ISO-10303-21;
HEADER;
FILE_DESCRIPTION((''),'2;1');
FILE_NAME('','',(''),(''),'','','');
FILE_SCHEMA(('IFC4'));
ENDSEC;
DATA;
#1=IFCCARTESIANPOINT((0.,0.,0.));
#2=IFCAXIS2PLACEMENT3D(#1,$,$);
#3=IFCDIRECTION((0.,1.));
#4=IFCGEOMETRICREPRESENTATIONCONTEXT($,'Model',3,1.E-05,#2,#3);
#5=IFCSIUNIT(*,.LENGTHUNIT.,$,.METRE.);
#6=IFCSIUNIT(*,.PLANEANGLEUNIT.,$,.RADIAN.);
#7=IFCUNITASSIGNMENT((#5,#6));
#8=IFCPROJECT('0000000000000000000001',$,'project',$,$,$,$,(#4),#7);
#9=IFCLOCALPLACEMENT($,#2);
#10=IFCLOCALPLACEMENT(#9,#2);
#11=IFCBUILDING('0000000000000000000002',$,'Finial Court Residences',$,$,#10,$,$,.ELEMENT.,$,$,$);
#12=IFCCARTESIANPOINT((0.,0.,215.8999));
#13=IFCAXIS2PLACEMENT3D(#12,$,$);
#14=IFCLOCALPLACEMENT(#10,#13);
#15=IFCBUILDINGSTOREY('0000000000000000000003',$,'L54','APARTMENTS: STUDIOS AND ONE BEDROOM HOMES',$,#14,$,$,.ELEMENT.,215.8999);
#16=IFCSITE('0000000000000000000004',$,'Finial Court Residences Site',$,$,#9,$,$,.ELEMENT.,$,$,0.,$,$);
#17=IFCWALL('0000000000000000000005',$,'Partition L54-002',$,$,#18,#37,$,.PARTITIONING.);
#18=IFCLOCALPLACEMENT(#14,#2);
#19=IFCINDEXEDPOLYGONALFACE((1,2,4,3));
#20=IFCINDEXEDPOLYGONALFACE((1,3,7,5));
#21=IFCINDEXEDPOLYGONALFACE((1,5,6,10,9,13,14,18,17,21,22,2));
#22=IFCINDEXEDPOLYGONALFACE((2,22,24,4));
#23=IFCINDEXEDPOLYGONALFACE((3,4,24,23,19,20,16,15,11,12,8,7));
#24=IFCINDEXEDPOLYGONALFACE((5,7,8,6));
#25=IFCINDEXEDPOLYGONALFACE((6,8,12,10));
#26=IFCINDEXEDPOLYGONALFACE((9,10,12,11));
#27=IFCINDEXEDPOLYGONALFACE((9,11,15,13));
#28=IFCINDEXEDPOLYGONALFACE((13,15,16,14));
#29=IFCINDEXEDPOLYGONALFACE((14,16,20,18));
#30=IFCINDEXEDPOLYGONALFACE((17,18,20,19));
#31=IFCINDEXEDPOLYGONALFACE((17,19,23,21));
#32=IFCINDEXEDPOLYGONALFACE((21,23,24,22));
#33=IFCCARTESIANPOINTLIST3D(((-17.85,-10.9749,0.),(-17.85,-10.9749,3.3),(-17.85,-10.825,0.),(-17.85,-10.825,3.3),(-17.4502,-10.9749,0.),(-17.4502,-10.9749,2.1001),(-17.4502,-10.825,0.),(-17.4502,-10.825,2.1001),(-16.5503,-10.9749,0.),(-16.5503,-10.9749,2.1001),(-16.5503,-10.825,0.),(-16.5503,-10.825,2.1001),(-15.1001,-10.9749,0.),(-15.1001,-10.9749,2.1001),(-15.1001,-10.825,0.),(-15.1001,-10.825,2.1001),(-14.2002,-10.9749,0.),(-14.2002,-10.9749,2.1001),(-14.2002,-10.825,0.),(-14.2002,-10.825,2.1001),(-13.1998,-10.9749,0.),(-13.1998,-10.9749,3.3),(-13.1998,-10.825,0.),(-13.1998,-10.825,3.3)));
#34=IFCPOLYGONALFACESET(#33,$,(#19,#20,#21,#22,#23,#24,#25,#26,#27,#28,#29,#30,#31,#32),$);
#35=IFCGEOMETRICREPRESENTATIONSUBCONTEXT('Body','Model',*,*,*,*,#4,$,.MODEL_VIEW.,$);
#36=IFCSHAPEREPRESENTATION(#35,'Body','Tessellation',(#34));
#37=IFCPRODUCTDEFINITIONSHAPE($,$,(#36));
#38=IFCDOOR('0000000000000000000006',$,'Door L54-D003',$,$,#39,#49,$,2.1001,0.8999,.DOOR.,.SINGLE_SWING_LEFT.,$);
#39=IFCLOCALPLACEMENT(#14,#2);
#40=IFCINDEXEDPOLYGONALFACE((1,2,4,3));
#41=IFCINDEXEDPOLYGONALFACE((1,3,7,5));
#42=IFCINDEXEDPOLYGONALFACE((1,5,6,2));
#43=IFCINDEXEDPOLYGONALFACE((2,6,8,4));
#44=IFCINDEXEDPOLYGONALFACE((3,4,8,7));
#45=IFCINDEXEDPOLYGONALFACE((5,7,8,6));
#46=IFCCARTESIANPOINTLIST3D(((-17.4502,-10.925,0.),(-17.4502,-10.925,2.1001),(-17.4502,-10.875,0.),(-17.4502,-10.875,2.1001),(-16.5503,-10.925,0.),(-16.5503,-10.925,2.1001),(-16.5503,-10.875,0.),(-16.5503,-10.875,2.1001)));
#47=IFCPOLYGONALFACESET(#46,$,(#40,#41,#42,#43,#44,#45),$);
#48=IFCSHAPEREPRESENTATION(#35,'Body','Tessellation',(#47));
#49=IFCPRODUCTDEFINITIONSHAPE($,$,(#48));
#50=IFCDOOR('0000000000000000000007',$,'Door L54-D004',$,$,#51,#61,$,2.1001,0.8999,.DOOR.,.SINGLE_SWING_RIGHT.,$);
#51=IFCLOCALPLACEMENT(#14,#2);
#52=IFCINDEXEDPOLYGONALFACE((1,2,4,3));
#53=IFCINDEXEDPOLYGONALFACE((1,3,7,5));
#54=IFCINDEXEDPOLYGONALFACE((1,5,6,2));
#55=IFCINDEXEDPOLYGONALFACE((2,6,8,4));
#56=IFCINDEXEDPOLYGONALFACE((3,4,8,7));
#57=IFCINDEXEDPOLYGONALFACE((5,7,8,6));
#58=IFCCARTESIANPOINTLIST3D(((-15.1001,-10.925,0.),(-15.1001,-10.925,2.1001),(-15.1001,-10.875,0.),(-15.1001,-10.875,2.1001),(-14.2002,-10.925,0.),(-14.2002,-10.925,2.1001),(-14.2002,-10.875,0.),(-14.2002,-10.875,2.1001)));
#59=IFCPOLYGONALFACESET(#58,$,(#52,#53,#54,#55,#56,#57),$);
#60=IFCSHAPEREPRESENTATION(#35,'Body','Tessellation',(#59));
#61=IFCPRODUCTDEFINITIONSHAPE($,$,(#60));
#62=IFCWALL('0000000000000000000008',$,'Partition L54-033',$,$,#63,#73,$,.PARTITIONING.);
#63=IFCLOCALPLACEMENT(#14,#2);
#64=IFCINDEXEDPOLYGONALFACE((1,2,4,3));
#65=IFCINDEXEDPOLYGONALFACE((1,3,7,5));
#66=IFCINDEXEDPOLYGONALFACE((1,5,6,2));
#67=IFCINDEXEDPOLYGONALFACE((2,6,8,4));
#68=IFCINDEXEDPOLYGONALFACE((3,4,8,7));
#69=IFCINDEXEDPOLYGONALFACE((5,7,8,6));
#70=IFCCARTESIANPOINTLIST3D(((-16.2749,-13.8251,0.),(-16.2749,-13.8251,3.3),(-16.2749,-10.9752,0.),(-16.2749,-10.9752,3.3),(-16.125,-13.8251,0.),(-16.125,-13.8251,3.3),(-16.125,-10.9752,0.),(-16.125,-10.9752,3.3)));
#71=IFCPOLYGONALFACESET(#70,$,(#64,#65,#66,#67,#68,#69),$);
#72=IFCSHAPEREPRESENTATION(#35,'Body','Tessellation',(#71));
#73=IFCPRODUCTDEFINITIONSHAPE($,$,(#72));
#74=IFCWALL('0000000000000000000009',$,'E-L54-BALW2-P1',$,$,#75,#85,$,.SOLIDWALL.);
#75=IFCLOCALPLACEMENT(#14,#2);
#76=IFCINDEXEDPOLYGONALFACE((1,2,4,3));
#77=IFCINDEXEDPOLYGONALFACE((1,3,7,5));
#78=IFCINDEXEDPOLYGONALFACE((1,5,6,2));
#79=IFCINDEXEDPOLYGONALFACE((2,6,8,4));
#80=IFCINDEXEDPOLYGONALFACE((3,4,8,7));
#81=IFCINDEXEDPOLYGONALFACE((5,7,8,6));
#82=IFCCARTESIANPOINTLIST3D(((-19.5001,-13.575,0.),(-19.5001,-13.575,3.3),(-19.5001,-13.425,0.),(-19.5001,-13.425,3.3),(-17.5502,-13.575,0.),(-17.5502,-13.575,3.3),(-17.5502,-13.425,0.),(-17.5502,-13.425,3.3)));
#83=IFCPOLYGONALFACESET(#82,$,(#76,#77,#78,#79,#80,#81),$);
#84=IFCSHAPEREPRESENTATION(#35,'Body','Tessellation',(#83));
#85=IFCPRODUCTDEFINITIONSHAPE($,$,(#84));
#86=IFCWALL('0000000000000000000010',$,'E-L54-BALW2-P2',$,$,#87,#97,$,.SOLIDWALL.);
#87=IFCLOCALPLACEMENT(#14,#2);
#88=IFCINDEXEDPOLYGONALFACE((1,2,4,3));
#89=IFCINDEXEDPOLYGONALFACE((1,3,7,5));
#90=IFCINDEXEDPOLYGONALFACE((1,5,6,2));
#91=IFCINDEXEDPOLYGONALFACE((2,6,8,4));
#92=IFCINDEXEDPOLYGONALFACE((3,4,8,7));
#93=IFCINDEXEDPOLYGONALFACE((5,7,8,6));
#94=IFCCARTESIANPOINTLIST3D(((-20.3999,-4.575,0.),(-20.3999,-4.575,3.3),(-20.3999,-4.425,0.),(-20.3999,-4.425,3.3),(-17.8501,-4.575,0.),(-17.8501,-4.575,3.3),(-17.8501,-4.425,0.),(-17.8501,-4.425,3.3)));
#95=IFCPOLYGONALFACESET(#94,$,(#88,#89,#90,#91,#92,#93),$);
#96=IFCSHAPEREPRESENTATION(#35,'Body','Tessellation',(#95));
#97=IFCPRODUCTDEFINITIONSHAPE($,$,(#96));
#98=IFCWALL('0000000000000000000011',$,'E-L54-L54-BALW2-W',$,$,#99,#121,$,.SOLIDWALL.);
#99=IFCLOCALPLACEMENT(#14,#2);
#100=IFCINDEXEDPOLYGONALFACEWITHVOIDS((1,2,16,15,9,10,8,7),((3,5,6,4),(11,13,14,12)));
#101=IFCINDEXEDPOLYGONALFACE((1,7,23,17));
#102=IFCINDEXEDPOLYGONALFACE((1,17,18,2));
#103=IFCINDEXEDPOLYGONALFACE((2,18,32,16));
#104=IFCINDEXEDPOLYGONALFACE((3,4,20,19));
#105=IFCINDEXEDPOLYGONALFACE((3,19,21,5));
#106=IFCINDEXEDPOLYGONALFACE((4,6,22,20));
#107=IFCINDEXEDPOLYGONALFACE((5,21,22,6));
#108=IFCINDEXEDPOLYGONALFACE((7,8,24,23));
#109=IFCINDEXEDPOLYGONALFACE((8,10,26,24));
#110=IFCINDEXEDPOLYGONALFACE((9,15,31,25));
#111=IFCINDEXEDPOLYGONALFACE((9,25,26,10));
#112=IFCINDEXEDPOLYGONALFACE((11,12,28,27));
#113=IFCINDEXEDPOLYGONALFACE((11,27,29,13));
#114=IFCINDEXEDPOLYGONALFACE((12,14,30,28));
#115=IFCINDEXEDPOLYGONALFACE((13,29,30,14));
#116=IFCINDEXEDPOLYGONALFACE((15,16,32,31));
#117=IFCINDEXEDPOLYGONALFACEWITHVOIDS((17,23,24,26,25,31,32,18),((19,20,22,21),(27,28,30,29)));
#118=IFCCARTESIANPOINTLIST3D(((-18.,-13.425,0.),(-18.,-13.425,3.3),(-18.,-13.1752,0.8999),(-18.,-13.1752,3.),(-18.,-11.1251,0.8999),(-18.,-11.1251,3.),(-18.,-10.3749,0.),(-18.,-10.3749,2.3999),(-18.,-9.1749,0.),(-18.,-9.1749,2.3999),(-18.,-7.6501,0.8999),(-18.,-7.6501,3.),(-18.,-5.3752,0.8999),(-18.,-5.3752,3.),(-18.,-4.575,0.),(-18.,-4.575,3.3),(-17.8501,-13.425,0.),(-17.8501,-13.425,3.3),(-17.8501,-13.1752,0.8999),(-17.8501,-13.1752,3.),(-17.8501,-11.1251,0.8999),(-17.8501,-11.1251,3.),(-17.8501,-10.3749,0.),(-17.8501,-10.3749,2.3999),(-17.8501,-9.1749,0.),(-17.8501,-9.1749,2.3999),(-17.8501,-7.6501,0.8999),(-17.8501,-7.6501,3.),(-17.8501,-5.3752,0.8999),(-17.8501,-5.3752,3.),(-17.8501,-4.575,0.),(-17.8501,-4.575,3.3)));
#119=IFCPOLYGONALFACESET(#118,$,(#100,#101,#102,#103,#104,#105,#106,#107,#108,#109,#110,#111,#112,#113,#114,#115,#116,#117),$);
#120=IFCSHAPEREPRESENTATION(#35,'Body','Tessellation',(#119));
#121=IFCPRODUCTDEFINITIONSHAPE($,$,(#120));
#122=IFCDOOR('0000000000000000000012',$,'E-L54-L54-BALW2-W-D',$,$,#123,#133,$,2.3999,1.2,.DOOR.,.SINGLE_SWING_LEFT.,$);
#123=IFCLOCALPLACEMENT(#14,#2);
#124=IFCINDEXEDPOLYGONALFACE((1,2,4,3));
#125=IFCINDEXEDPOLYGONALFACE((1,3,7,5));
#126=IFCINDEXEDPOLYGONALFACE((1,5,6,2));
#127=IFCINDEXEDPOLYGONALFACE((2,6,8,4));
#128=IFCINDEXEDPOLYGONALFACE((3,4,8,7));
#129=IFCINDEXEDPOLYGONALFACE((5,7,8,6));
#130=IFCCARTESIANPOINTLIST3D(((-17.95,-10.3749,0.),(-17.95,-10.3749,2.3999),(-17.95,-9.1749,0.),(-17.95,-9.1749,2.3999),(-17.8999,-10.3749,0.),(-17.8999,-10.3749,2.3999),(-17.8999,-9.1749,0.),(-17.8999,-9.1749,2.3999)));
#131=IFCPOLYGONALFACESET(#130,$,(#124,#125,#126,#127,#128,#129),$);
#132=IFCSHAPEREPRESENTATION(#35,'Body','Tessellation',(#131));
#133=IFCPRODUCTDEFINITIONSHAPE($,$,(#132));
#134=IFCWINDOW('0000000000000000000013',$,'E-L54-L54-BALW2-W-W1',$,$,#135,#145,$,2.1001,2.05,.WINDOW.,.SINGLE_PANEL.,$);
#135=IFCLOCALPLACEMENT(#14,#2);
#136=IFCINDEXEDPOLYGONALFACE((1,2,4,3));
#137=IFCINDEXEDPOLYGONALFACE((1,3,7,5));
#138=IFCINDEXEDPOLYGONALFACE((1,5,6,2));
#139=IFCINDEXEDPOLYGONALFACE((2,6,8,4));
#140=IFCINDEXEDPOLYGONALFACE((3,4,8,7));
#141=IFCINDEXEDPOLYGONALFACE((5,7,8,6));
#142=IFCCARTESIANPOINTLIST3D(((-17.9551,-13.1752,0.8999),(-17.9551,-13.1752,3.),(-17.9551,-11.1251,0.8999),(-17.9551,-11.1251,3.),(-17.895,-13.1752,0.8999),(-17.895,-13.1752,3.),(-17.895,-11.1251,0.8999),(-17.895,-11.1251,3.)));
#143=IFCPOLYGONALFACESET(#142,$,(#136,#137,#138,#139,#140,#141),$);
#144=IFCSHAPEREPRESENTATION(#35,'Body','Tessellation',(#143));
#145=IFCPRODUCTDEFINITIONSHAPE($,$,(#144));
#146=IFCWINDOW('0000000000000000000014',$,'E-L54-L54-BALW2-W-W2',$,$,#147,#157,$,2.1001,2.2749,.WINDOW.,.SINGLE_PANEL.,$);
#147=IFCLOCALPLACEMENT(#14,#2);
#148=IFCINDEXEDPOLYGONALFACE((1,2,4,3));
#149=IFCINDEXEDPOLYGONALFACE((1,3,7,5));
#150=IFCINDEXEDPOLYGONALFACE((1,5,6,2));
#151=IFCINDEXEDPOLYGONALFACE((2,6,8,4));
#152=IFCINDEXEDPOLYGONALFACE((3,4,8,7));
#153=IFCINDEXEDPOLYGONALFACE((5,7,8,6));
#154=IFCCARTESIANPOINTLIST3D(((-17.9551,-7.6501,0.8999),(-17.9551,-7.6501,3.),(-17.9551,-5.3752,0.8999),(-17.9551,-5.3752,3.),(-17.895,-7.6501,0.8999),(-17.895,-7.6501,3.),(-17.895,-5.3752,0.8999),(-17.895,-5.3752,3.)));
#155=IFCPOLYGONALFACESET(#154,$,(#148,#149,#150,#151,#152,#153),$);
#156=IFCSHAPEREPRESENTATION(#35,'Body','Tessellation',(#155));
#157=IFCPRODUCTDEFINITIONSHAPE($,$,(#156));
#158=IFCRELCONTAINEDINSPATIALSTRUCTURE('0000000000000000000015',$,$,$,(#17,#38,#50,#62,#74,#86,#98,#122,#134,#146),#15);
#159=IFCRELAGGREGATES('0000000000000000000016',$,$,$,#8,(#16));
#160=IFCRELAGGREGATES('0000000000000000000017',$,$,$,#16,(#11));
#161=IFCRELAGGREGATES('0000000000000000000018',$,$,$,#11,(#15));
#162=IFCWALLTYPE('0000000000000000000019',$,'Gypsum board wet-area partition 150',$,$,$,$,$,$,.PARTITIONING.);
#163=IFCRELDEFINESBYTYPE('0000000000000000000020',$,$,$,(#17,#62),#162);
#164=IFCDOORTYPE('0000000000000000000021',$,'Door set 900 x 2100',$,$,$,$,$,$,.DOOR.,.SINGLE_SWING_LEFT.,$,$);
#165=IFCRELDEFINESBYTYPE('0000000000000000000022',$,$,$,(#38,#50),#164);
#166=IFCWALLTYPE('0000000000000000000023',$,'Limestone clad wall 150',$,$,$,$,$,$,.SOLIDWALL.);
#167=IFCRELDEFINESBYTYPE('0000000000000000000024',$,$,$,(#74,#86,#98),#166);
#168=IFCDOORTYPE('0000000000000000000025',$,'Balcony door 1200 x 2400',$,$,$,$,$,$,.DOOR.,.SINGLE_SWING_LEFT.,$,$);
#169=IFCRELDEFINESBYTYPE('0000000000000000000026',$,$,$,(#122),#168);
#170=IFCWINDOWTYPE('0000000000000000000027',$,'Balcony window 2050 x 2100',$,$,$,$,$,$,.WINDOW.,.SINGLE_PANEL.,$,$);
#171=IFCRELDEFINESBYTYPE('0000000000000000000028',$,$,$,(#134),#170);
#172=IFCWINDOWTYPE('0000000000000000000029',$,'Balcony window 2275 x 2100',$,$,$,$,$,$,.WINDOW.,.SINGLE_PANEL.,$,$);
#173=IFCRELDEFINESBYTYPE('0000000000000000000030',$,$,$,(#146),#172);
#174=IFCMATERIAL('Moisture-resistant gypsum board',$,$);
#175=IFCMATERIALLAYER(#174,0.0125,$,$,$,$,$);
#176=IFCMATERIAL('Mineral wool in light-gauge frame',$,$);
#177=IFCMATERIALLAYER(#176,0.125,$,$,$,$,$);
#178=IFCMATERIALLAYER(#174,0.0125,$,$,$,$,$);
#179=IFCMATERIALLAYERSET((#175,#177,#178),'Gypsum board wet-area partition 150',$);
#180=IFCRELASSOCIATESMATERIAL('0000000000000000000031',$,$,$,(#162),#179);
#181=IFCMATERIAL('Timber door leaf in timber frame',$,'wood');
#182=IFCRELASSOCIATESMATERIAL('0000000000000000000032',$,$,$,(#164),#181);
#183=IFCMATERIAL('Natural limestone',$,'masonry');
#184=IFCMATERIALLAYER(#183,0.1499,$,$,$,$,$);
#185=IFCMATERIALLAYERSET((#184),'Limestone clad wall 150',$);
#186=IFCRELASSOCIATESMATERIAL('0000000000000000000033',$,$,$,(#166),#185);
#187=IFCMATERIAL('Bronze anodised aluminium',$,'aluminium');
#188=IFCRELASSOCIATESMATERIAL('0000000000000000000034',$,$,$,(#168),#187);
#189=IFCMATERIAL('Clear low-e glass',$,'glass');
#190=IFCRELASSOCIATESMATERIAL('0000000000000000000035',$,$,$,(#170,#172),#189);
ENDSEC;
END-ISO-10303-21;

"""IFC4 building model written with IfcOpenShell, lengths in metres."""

from ifc_helpers import new_model, si_unit, direction, frame, frame_2d, origin, place, context, subcontext, project, spatial, rectangle, extrude, material, layer, layer_set, type_object, element, fill, save


model = new_model("IFC4")

# Units and contexts
model_context = context("Model", 3, precision=1e-05, world=origin(), true_north=direction((0.0, 1.0)))
body_context = subcontext(model_context, "Body", "Model", "MODEL_VIEW")
ifc_project = project(units=[si_unit("LENGTHUNIT", "METRE"), si_unit("PLANEANGLEUNIT", "RADIAN")], contexts=[model_context])

# Site, building, storey
site_placement = place(None, origin())
site = spatial("IfcSite", under=ifc_project, at=site_placement, Name="Finial Court Residences Site", CompositionType="ELEMENT", RefElevation=0.0)
building_placement = place(site_placement, origin())
building = spatial("IfcBuilding", under=site, at=building_placement, Name="Finial Court Residences", CompositionType="ELEMENT")
storey_placement = place(building_placement, frame((0.0, 0.0, 215.8999)))
storey = spatial("IfcBuildingStorey", under=building, at=storey_placement, Name="L54", Description="APARTMENTS: STUDIOS AND ONE BEDROOM HOMES", CompositionType="ELEMENT", Elevation=215.8999)

# Shared definitions
ifc_material_1 = material(Name="Bronze anodised aluminium", Category="aluminium")

# Shared definitions
ifc_material_2 = material(Name="Moisture-resistant gypsum board")
ifc_layer_1 = layer(ifc_material_2, 0.0125)
ifc_material_3 = material(Name="Mineral wool in light-gauge frame")
ifc_layer_2 = layer(ifc_material_3, 0.125)
ifc_layer_3 = layer(ifc_material_2, 0.0125)
ifc_layer_set_1 = layer_set([ifc_layer_1, ifc_layer_2, ifc_layer_3], Name="Gypsum board wet-area partition 150")
wall_type_1 = type_object("IfcWallType", Name="Gypsum board wet-area partition 150", PredefinedType="PARTITIONING", material=ifc_layer_set_1)
ifc_material_4 = material(Name="Timber door leaf in timber frame", Category="wood")
door_type_1 = type_object("IfcDoorType", Name="Door set 900 x 2100", OperationType="SINGLE_SWING_LEFT", PredefinedType="DOOR", material=ifc_material_4)

# Wall, openings, doors
wall_1_placement = place(storey_placement, frame((-17.8501, -10.8999, 0.0), z_axis=(0.0, 0.0, 1.0), x_axis=(1.0, 0.0, 0.0)))
wall_1 = element("IfcWall", 1, at=wall_1_placement, inside=storey, type_object=wall_type_1, Name="Partition L54-002", PredefinedType="PARTITIONING", context=body_context, shape_type="SweptSolid", body=[
    extrude(rectangle(XDim=4.6501, YDim=0.1499, at=frame_2d((2.3252, 0.0))), origin(), (0.0, 0.0, 1.0), 3.3),
])
opening_1_placement = place(wall_1_placement, frame((0.3999, 0.0, 0.0)))
opening_1 = element("IfcOpeningElement", 2, at=opening_1_placement, cuts=wall_1, PredefinedType="OPENING", context=body_context, shape_type="SweptSolid", body=[
    extrude(rectangle(XDim=0.8999, YDim=2.1001, at=frame_2d((0.45, 1.05))), frame((0.0, 0.085, 0.0), z_axis=(0.0, -1.0, 0.0), x_axis=(1.0, 0.0, 0.0)), (0.0, 0.0, 1.0), 0.1699),
])
opening_2_placement = place(wall_1_placement, frame((2.75, 0.0, 0.0)))
opening_2 = element("IfcOpeningElement", 3, at=opening_2_placement, cuts=wall_1, PredefinedType="OPENING", context=body_context, shape_type="SweptSolid", body=[
    extrude(rectangle(XDim=0.8999, YDim=2.1001, at=frame_2d((0.45, 1.05))), frame((0.0, 0.085, 0.0), z_axis=(0.0, -1.0, 0.0), x_axis=(1.0, 0.0, 0.0)), (0.0, 0.0, 1.0), 0.1699),
])
door_1_placement = place(opening_1_placement, origin())
door_1 = element("IfcDoor", 4, at=door_1_placement, inside=storey, type_object=door_type_1, Name="Door L54-D003", OperationType="SINGLE_SWING_LEFT", OverallHeight=2.1001, OverallWidth=0.8999, PredefinedType="DOOR", context=body_context, shape_type="SweptSolid", body=[
    extrude(rectangle(XDim=0.8999, YDim=2.1001, at=frame_2d((0.45, 1.05))), frame((0.0, 0.0249, 0.0), z_axis=(0.0, -1.0, 0.0), x_axis=(1.0, 0.0, 0.0)), (0.0, 0.0, 1.0), 0.05),
])
fill(opening_1, door_1)
door_2_placement = place(opening_2_placement, origin())
door_2 = element("IfcDoor", 5, at=door_2_placement, inside=storey, type_object=door_type_1, Name="Door L54-D004", OperationType="SINGLE_SWING_RIGHT", OverallHeight=2.1001, OverallWidth=0.8999, PredefinedType="DOOR", context=body_context, shape_type="SweptSolid", body=[
    extrude(rectangle(XDim=0.8999, YDim=2.1001, at=frame_2d((0.45, 1.05))), frame((0.0, 0.0249, 0.0), z_axis=(0.0, -1.0, 0.0), x_axis=(1.0, 0.0, 0.0)), (0.0, 0.0, 1.0), 0.05),
])
fill(opening_2, door_2)

# Walls
wall_2_placement = place(storey_placement, frame((-16.2, -13.825, 0.0), z_axis=(0.0, 0.0, 1.0), x_axis=(0.0, 1.0, 0.0)))
element("IfcWall", 6, at=wall_2_placement, inside=storey, type_object=wall_type_1, Name="Partition L54-033", PredefinedType="PARTITIONING", context=body_context, shape_type="SweptSolid", body=[
    extrude(rectangle(XDim=2.8499, YDim=0.1499, at=frame_2d((1.4248, 0.0))), origin(), (0.0, 0.0, 1.0), 3.3),
])
ifc_material_5 = material(Name="Natural limestone", Category="masonry")
ifc_layer_4 = layer(ifc_material_5, 0.1499)
ifc_layer_set_2 = layer_set([ifc_layer_4], Name="Limestone clad wall 150")
wall_type_2 = type_object("IfcWallType", Name="Limestone clad wall 150", PredefinedType="SOLIDWALL", material=ifc_layer_set_2)
wall_3_placement = place(storey_placement, frame((-17.55, -13.5, 0.0), z_axis=(0.0, 0.0, 1.0), x_axis=(-1.0, 0.0, 0.0)))
element("IfcWall", 7, at=wall_3_placement, inside=storey, type_object=wall_type_2, Name="E-L54-BALW2-P1", PredefinedType="SOLIDWALL", context=body_context, shape_type="SweptSolid", body=[
    extrude(rectangle(XDim=1.95, YDim=0.1499, at=frame_2d((0.9751, 0.0))), origin(), (0.0, 0.0, 1.0), 3.3),
])
wall_4_placement = place(storey_placement, frame((-17.8501, -4.5, 0.0), z_axis=(0.0, 0.0, 1.0), x_axis=(-1.0, 0.0, 0.0)))
element("IfcWall", 8, at=wall_4_placement, inside=storey, type_object=wall_type_2, Name="E-L54-BALW2-P2", PredefinedType="SOLIDWALL", context=body_context, shape_type="SweptSolid", body=[
    extrude(rectangle(XDim=2.5498, YDim=0.1499, at=frame_2d((1.2749, 0.0))), origin(), (0.0, 0.0, 1.0), 3.3),
])

# Wall, openings, door, windows
wall_5_placement = place(storey_placement, frame((-17.925, -13.425, 0.0), z_axis=(0.0, 0.0, 1.0), x_axis=(0.0, 1.0, 0.0)))
wall_5 = element("IfcWall", 9, at=wall_5_placement, inside=storey, type_object=wall_type_2, Name="E-L54-L54-BALW2-W", PredefinedType="SOLIDWALL", context=body_context, shape_type="SweptSolid", body=[
    extrude(rectangle(XDim=8.8501, YDim=0.1499, at=frame_2d((4.425, 0.0))), origin(), (0.0, 0.0, 1.0), 3.3),
])
opening_3_placement = place(wall_5_placement, frame((3.05, 0.0, 0.0)))
opening_3 = element("IfcOpeningElement", 10, at=opening_3_placement, cuts=wall_5, PredefinedType="OPENING", context=body_context, shape_type="SweptSolid", body=[
    extrude(rectangle(XDim=1.2, YDim=2.3999, at=frame_2d((0.6001, 1.2))), frame((0.0, 0.085, 0.0), z_axis=(0.0, -1.0, 0.0), x_axis=(1.0, 0.0, 0.0)), (0.0, 0.0, 1.0), 0.1699),
])
opening_4_placement = place(wall_5_placement, frame((0.25, 0.0, 0.8999)))
opening_4 = element("IfcOpeningElement", 11, at=opening_4_placement, cuts=wall_5, PredefinedType="OPENING", context=body_context, shape_type="SweptSolid", body=[
    extrude(rectangle(XDim=2.05, YDim=2.1001, at=frame_2d((1.0249, 1.05))), frame((0.0, 0.085, 0.0), z_axis=(0.0, -1.0, 0.0), x_axis=(1.0, 0.0, 0.0)), (0.0, 0.0, 1.0), 0.1699),
])
opening_5_placement = place(wall_5_placement, frame((5.7749, 0.0, 0.8999)))
opening_5 = element("IfcOpeningElement", 12, at=opening_5_placement, cuts=wall_5, PredefinedType="OPENING", context=body_context, shape_type="SweptSolid", body=[
    extrude(rectangle(XDim=2.2749, YDim=2.1001, at=frame_2d((1.1375, 1.05))), frame((0.0, 0.085, 0.0), z_axis=(0.0, -1.0, 0.0), x_axis=(1.0, 0.0, 0.0)), (0.0, 0.0, 1.0), 0.1699),
])
door_type_2 = type_object("IfcDoorType", Name="Balcony door 1200 x 2400", OperationType="SINGLE_SWING_LEFT", PredefinedType="DOOR", material=ifc_material_1)
door_3_placement = place(opening_3_placement, origin())
door_3 = element("IfcDoor", 13, at=door_3_placement, inside=storey, type_object=door_type_2, Name="E-L54-L54-BALW2-W-D", OperationType="SINGLE_SWING_LEFT", OverallHeight=2.3999, OverallWidth=1.2, PredefinedType="DOOR", context=body_context, shape_type="SweptSolid", body=[
    extrude(rectangle(XDim=1.2, YDim=2.3999, at=frame_2d((0.6001, 1.2))), frame((0.0, 0.0249, 0.0), z_axis=(0.0, -1.0, 0.0), x_axis=(1.0, 0.0, 0.0)), (0.0, 0.0, 1.0), 0.05),
])
fill(opening_3, door_3)
ifc_material_6 = material(Name="Clear low-e glass", Category="glass")
window_type_1 = type_object("IfcWindowType", Name="Balcony window 2050 x 2100", PartitioningType="SINGLE_PANEL", PredefinedType="WINDOW", material=ifc_material_6)
window_1_placement = place(opening_4_placement, origin())
window_1 = element("IfcWindow", 14, at=window_1_placement, inside=storey, type_object=window_type_1, Name="E-L54-L54-BALW2-W-W1", OverallHeight=2.1001, OverallWidth=2.05, PartitioningType="SINGLE_PANEL", PredefinedType="WINDOW", context=body_context, shape_type="SweptSolid", body=[
    extrude(rectangle(XDim=2.05, YDim=2.1001, at=frame_2d((1.0249, 1.05))), frame((0.0, 0.03, 0.0), z_axis=(0.0, -1.0, 0.0), x_axis=(1.0, 0.0, 0.0)), (0.0, 0.0, 1.0), 0.0601),
])
fill(opening_4, window_1)
window_type_2 = type_object("IfcWindowType", Name="Balcony window 2275 x 2100", PartitioningType="SINGLE_PANEL", PredefinedType="WINDOW", material=ifc_material_6)
window_2_placement = place(opening_5_placement, origin())
window_2 = element("IfcWindow", 15, at=window_2_placement, inside=storey, type_object=window_type_2, Name="E-L54-L54-BALW2-W-W2", OverallHeight=2.1001, OverallWidth=2.2749, PartitioningType="SINGLE_PANEL", PredefinedType="WINDOW", context=body_context, shape_type="SweptSolid", body=[
    extrude(rectangle(XDim=2.2749, YDim=2.1001, at=frame_2d((1.1375, 1.05))), frame((0.0, 0.03, 0.0), z_axis=(0.0, -1.0, 0.0), x_axis=(1.0, 0.0, 0.0)), (0.0, 0.0, 1.0), 0.0601),
])
fill(opening_5, window_2)

save(model, "model.ifc")
